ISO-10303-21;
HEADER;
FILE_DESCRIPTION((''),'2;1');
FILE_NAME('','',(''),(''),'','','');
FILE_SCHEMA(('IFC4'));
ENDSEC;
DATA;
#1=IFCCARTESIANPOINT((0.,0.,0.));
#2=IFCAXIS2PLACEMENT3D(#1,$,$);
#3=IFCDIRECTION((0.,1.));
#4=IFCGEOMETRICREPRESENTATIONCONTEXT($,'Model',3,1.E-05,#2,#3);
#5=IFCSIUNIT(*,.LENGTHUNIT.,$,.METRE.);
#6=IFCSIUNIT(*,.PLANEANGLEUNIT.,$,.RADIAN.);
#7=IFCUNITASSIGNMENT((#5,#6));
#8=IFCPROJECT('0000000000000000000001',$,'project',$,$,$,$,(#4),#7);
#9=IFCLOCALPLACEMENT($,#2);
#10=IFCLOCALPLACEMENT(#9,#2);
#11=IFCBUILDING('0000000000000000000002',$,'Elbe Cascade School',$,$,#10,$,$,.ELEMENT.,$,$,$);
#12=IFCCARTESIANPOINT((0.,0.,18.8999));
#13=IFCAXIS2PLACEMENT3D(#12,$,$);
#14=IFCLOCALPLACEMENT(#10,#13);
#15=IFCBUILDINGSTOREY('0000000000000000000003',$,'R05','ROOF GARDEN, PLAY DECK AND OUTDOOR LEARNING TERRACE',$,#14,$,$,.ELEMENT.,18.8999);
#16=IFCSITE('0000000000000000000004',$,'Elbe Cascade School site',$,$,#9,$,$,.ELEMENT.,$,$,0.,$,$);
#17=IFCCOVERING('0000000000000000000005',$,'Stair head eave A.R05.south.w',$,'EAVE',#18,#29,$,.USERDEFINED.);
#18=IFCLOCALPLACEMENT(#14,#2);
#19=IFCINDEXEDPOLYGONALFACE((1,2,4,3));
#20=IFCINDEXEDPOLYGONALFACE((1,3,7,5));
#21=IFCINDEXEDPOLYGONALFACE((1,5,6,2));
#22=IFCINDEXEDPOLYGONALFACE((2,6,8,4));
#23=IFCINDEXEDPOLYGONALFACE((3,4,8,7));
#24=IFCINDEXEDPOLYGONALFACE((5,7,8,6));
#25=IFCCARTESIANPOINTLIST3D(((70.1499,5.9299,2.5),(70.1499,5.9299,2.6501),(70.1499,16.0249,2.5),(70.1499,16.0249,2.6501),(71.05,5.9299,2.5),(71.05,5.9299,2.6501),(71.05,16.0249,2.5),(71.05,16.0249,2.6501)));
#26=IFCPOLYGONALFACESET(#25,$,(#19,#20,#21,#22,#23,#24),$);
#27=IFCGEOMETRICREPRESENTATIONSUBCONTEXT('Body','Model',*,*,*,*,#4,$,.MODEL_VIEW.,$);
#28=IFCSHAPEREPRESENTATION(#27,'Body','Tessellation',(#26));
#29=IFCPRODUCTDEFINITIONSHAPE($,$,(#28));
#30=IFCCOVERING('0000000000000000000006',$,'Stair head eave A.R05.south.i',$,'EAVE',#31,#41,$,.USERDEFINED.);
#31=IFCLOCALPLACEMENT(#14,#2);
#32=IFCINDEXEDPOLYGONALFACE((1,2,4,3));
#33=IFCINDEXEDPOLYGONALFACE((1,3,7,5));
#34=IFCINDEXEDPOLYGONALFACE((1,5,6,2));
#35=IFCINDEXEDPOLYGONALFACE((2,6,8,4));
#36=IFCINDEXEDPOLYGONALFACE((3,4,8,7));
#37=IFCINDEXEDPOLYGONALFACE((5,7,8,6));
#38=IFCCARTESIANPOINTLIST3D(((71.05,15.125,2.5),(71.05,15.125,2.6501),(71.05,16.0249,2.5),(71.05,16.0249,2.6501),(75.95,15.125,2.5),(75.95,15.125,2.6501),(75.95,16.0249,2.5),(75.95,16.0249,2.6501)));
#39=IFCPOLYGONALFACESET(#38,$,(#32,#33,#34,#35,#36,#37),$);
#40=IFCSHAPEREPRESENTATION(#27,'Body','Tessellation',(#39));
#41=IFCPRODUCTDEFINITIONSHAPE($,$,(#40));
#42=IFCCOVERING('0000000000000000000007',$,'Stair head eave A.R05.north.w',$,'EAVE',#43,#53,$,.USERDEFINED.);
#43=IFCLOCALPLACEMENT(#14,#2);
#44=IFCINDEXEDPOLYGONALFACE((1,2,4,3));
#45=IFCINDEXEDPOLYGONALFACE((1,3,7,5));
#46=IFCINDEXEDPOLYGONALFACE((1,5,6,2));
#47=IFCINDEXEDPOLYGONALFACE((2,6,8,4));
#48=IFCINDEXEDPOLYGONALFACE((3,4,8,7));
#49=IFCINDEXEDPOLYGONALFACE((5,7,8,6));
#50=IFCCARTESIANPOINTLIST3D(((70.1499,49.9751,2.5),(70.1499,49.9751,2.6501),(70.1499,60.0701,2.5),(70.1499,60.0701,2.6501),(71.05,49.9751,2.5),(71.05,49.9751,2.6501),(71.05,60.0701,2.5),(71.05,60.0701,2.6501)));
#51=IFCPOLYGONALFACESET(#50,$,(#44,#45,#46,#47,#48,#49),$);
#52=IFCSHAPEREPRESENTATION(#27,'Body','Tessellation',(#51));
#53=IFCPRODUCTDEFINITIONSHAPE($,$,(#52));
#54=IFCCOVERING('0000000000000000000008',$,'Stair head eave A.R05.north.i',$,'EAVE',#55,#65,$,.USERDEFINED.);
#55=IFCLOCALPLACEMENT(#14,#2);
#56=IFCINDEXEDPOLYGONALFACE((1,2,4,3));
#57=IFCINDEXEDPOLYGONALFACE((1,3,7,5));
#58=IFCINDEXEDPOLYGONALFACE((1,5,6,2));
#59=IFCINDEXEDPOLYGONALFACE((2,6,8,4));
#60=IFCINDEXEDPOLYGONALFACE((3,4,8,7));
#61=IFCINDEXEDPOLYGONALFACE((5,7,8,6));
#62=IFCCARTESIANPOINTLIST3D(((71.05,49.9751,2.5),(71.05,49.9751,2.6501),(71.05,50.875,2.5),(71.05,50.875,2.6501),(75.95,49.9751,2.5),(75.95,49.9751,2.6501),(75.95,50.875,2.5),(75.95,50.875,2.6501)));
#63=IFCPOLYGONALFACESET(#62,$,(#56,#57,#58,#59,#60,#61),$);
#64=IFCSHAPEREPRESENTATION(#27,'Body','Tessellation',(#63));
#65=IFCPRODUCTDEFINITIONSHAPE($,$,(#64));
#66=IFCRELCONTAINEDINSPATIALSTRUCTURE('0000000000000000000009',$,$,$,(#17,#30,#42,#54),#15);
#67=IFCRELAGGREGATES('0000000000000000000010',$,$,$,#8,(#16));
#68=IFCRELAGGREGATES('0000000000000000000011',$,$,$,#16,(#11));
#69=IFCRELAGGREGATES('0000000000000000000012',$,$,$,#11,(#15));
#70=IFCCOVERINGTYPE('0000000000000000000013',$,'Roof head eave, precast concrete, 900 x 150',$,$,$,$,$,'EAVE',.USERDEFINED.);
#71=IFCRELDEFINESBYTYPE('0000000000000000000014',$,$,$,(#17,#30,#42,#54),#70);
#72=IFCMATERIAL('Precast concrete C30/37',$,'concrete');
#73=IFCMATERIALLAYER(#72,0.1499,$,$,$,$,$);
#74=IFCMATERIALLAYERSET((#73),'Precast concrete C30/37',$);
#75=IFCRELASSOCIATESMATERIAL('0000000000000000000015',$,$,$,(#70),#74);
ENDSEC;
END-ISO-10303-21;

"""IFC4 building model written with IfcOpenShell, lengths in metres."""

from ifc_helpers import new_model, si_unit, direction, frame, origin, place, context, subcontext, project, spatial, polyline, outline, extrude, material, layer, layer_set, type_object, element, save


model = new_model("IFC4")

# Units and contexts
model_context = context("Model", 3, precision=1e-05, world=origin(), true_north=direction((0.0, 1.0)))
body_context = subcontext(model_context, "Body", "Model", "MODEL_VIEW")
ifc_project = project(units=[si_unit("LENGTHUNIT", "METRE"), si_unit("PLANEANGLEUNIT", "RADIAN")], contexts=[model_context])

# Site, building, storey
site_placement = place(None, origin())
site = spatial("IfcSite", under=ifc_project, at=site_placement, Name="Elbe Cascade School site", CompositionType="ELEMENT", RefElevation=0.0)
building_placement = place(site_placement, origin())
building = spatial("IfcBuilding", under=site, at=building_placement, Name="Elbe Cascade School", CompositionType="ELEMENT")
storey_placement = place(building_placement, frame((0.0, 0.0, 18.8999)))
storey = spatial("IfcBuildingStorey", under=building, at=storey_placement, Name="R05", Description="ROOF GARDEN, PLAY DECK AND OUTDOOR LEARNING TERRACE", CompositionType="ELEMENT", Elevation=18.8999)

# Coverings
ifc_material_1 = material(Name="Precast concrete C30/37", Category="concrete")
ifc_layer_1 = layer(ifc_material_1, 0.1499)
ifc_layer_set_1 = layer_set([ifc_layer_1], Name="Precast concrete C30/37")
covering_type_1 = type_object("IfcCoveringType", Name="Roof head eave, precast concrete, 900 x 150", ElementType="EAVE", PredefinedType="USERDEFINED", material=ifc_layer_set_1)
covering_1_placement = place(storey_placement, frame((0.0, 0.0, 2.5)))
element("IfcCovering", 1, at=covering_1_placement, inside=storey, type_object=covering_type_1, Name="Stair head eave A.R05.south.w", ObjectType="EAVE", PredefinedType="USERDEFINED", context=body_context, shape_type="SweptSolid", body=[
    extrude(outline(polyline([(70.1499, 5.9299), (71.05, 5.9299), (71.05, 16.0249), (70.1499, 16.0249), (70.1499, 5.9299)])), origin(), (0.0, 0.0, 1.0), 0.1501),
])
covering_2_placement = place(storey_placement, frame((0.0, 0.0, 2.5)))
element("IfcCovering", 2, at=covering_2_placement, inside=storey, type_object=covering_type_1, Name="Stair head eave A.R05.south.i", ObjectType="EAVE", PredefinedType="USERDEFINED", context=body_context, shape_type="SweptSolid", body=[
    extrude(outline(polyline([(71.05, 15.125), (75.95, 15.125), (75.95, 16.0249), (71.05, 16.0249), (71.05, 15.125)])), origin(), (0.0, 0.0, 1.0), 0.1501),
])
covering_3_placement = place(storey_placement, frame((0.0, 0.0, 2.5)))
element("IfcCovering", 3, at=covering_3_placement, inside=storey, type_object=covering_type_1, Name="Stair head eave A.R05.north.w", ObjectType="EAVE", PredefinedType="USERDEFINED", context=body_context, shape_type="SweptSolid", body=[
    extrude(outline(polyline([(70.1499, 49.9751), (71.05, 49.9751), (71.05, 60.0701), (70.1499, 60.0701), (70.1499, 49.9751)])), origin(), (0.0, 0.0, 1.0), 0.1501),
])
covering_4_placement = place(storey_placement, frame((0.0, 0.0, 2.5)))
element("IfcCovering", 4, at=covering_4_placement, inside=storey, type_object=covering_type_1, Name="Stair head eave A.R05.north.i", ObjectType="EAVE", PredefinedType="USERDEFINED", context=body_context, shape_type="SweptSolid", body=[
    extrude(outline(polyline([(71.05, 49.9751), (75.95, 49.9751), (75.95, 50.875), (71.05, 50.875), (71.05, 49.9751)])), origin(), (0.0, 0.0, 1.0), 0.1501),
])

save(model, "model.ifc")
